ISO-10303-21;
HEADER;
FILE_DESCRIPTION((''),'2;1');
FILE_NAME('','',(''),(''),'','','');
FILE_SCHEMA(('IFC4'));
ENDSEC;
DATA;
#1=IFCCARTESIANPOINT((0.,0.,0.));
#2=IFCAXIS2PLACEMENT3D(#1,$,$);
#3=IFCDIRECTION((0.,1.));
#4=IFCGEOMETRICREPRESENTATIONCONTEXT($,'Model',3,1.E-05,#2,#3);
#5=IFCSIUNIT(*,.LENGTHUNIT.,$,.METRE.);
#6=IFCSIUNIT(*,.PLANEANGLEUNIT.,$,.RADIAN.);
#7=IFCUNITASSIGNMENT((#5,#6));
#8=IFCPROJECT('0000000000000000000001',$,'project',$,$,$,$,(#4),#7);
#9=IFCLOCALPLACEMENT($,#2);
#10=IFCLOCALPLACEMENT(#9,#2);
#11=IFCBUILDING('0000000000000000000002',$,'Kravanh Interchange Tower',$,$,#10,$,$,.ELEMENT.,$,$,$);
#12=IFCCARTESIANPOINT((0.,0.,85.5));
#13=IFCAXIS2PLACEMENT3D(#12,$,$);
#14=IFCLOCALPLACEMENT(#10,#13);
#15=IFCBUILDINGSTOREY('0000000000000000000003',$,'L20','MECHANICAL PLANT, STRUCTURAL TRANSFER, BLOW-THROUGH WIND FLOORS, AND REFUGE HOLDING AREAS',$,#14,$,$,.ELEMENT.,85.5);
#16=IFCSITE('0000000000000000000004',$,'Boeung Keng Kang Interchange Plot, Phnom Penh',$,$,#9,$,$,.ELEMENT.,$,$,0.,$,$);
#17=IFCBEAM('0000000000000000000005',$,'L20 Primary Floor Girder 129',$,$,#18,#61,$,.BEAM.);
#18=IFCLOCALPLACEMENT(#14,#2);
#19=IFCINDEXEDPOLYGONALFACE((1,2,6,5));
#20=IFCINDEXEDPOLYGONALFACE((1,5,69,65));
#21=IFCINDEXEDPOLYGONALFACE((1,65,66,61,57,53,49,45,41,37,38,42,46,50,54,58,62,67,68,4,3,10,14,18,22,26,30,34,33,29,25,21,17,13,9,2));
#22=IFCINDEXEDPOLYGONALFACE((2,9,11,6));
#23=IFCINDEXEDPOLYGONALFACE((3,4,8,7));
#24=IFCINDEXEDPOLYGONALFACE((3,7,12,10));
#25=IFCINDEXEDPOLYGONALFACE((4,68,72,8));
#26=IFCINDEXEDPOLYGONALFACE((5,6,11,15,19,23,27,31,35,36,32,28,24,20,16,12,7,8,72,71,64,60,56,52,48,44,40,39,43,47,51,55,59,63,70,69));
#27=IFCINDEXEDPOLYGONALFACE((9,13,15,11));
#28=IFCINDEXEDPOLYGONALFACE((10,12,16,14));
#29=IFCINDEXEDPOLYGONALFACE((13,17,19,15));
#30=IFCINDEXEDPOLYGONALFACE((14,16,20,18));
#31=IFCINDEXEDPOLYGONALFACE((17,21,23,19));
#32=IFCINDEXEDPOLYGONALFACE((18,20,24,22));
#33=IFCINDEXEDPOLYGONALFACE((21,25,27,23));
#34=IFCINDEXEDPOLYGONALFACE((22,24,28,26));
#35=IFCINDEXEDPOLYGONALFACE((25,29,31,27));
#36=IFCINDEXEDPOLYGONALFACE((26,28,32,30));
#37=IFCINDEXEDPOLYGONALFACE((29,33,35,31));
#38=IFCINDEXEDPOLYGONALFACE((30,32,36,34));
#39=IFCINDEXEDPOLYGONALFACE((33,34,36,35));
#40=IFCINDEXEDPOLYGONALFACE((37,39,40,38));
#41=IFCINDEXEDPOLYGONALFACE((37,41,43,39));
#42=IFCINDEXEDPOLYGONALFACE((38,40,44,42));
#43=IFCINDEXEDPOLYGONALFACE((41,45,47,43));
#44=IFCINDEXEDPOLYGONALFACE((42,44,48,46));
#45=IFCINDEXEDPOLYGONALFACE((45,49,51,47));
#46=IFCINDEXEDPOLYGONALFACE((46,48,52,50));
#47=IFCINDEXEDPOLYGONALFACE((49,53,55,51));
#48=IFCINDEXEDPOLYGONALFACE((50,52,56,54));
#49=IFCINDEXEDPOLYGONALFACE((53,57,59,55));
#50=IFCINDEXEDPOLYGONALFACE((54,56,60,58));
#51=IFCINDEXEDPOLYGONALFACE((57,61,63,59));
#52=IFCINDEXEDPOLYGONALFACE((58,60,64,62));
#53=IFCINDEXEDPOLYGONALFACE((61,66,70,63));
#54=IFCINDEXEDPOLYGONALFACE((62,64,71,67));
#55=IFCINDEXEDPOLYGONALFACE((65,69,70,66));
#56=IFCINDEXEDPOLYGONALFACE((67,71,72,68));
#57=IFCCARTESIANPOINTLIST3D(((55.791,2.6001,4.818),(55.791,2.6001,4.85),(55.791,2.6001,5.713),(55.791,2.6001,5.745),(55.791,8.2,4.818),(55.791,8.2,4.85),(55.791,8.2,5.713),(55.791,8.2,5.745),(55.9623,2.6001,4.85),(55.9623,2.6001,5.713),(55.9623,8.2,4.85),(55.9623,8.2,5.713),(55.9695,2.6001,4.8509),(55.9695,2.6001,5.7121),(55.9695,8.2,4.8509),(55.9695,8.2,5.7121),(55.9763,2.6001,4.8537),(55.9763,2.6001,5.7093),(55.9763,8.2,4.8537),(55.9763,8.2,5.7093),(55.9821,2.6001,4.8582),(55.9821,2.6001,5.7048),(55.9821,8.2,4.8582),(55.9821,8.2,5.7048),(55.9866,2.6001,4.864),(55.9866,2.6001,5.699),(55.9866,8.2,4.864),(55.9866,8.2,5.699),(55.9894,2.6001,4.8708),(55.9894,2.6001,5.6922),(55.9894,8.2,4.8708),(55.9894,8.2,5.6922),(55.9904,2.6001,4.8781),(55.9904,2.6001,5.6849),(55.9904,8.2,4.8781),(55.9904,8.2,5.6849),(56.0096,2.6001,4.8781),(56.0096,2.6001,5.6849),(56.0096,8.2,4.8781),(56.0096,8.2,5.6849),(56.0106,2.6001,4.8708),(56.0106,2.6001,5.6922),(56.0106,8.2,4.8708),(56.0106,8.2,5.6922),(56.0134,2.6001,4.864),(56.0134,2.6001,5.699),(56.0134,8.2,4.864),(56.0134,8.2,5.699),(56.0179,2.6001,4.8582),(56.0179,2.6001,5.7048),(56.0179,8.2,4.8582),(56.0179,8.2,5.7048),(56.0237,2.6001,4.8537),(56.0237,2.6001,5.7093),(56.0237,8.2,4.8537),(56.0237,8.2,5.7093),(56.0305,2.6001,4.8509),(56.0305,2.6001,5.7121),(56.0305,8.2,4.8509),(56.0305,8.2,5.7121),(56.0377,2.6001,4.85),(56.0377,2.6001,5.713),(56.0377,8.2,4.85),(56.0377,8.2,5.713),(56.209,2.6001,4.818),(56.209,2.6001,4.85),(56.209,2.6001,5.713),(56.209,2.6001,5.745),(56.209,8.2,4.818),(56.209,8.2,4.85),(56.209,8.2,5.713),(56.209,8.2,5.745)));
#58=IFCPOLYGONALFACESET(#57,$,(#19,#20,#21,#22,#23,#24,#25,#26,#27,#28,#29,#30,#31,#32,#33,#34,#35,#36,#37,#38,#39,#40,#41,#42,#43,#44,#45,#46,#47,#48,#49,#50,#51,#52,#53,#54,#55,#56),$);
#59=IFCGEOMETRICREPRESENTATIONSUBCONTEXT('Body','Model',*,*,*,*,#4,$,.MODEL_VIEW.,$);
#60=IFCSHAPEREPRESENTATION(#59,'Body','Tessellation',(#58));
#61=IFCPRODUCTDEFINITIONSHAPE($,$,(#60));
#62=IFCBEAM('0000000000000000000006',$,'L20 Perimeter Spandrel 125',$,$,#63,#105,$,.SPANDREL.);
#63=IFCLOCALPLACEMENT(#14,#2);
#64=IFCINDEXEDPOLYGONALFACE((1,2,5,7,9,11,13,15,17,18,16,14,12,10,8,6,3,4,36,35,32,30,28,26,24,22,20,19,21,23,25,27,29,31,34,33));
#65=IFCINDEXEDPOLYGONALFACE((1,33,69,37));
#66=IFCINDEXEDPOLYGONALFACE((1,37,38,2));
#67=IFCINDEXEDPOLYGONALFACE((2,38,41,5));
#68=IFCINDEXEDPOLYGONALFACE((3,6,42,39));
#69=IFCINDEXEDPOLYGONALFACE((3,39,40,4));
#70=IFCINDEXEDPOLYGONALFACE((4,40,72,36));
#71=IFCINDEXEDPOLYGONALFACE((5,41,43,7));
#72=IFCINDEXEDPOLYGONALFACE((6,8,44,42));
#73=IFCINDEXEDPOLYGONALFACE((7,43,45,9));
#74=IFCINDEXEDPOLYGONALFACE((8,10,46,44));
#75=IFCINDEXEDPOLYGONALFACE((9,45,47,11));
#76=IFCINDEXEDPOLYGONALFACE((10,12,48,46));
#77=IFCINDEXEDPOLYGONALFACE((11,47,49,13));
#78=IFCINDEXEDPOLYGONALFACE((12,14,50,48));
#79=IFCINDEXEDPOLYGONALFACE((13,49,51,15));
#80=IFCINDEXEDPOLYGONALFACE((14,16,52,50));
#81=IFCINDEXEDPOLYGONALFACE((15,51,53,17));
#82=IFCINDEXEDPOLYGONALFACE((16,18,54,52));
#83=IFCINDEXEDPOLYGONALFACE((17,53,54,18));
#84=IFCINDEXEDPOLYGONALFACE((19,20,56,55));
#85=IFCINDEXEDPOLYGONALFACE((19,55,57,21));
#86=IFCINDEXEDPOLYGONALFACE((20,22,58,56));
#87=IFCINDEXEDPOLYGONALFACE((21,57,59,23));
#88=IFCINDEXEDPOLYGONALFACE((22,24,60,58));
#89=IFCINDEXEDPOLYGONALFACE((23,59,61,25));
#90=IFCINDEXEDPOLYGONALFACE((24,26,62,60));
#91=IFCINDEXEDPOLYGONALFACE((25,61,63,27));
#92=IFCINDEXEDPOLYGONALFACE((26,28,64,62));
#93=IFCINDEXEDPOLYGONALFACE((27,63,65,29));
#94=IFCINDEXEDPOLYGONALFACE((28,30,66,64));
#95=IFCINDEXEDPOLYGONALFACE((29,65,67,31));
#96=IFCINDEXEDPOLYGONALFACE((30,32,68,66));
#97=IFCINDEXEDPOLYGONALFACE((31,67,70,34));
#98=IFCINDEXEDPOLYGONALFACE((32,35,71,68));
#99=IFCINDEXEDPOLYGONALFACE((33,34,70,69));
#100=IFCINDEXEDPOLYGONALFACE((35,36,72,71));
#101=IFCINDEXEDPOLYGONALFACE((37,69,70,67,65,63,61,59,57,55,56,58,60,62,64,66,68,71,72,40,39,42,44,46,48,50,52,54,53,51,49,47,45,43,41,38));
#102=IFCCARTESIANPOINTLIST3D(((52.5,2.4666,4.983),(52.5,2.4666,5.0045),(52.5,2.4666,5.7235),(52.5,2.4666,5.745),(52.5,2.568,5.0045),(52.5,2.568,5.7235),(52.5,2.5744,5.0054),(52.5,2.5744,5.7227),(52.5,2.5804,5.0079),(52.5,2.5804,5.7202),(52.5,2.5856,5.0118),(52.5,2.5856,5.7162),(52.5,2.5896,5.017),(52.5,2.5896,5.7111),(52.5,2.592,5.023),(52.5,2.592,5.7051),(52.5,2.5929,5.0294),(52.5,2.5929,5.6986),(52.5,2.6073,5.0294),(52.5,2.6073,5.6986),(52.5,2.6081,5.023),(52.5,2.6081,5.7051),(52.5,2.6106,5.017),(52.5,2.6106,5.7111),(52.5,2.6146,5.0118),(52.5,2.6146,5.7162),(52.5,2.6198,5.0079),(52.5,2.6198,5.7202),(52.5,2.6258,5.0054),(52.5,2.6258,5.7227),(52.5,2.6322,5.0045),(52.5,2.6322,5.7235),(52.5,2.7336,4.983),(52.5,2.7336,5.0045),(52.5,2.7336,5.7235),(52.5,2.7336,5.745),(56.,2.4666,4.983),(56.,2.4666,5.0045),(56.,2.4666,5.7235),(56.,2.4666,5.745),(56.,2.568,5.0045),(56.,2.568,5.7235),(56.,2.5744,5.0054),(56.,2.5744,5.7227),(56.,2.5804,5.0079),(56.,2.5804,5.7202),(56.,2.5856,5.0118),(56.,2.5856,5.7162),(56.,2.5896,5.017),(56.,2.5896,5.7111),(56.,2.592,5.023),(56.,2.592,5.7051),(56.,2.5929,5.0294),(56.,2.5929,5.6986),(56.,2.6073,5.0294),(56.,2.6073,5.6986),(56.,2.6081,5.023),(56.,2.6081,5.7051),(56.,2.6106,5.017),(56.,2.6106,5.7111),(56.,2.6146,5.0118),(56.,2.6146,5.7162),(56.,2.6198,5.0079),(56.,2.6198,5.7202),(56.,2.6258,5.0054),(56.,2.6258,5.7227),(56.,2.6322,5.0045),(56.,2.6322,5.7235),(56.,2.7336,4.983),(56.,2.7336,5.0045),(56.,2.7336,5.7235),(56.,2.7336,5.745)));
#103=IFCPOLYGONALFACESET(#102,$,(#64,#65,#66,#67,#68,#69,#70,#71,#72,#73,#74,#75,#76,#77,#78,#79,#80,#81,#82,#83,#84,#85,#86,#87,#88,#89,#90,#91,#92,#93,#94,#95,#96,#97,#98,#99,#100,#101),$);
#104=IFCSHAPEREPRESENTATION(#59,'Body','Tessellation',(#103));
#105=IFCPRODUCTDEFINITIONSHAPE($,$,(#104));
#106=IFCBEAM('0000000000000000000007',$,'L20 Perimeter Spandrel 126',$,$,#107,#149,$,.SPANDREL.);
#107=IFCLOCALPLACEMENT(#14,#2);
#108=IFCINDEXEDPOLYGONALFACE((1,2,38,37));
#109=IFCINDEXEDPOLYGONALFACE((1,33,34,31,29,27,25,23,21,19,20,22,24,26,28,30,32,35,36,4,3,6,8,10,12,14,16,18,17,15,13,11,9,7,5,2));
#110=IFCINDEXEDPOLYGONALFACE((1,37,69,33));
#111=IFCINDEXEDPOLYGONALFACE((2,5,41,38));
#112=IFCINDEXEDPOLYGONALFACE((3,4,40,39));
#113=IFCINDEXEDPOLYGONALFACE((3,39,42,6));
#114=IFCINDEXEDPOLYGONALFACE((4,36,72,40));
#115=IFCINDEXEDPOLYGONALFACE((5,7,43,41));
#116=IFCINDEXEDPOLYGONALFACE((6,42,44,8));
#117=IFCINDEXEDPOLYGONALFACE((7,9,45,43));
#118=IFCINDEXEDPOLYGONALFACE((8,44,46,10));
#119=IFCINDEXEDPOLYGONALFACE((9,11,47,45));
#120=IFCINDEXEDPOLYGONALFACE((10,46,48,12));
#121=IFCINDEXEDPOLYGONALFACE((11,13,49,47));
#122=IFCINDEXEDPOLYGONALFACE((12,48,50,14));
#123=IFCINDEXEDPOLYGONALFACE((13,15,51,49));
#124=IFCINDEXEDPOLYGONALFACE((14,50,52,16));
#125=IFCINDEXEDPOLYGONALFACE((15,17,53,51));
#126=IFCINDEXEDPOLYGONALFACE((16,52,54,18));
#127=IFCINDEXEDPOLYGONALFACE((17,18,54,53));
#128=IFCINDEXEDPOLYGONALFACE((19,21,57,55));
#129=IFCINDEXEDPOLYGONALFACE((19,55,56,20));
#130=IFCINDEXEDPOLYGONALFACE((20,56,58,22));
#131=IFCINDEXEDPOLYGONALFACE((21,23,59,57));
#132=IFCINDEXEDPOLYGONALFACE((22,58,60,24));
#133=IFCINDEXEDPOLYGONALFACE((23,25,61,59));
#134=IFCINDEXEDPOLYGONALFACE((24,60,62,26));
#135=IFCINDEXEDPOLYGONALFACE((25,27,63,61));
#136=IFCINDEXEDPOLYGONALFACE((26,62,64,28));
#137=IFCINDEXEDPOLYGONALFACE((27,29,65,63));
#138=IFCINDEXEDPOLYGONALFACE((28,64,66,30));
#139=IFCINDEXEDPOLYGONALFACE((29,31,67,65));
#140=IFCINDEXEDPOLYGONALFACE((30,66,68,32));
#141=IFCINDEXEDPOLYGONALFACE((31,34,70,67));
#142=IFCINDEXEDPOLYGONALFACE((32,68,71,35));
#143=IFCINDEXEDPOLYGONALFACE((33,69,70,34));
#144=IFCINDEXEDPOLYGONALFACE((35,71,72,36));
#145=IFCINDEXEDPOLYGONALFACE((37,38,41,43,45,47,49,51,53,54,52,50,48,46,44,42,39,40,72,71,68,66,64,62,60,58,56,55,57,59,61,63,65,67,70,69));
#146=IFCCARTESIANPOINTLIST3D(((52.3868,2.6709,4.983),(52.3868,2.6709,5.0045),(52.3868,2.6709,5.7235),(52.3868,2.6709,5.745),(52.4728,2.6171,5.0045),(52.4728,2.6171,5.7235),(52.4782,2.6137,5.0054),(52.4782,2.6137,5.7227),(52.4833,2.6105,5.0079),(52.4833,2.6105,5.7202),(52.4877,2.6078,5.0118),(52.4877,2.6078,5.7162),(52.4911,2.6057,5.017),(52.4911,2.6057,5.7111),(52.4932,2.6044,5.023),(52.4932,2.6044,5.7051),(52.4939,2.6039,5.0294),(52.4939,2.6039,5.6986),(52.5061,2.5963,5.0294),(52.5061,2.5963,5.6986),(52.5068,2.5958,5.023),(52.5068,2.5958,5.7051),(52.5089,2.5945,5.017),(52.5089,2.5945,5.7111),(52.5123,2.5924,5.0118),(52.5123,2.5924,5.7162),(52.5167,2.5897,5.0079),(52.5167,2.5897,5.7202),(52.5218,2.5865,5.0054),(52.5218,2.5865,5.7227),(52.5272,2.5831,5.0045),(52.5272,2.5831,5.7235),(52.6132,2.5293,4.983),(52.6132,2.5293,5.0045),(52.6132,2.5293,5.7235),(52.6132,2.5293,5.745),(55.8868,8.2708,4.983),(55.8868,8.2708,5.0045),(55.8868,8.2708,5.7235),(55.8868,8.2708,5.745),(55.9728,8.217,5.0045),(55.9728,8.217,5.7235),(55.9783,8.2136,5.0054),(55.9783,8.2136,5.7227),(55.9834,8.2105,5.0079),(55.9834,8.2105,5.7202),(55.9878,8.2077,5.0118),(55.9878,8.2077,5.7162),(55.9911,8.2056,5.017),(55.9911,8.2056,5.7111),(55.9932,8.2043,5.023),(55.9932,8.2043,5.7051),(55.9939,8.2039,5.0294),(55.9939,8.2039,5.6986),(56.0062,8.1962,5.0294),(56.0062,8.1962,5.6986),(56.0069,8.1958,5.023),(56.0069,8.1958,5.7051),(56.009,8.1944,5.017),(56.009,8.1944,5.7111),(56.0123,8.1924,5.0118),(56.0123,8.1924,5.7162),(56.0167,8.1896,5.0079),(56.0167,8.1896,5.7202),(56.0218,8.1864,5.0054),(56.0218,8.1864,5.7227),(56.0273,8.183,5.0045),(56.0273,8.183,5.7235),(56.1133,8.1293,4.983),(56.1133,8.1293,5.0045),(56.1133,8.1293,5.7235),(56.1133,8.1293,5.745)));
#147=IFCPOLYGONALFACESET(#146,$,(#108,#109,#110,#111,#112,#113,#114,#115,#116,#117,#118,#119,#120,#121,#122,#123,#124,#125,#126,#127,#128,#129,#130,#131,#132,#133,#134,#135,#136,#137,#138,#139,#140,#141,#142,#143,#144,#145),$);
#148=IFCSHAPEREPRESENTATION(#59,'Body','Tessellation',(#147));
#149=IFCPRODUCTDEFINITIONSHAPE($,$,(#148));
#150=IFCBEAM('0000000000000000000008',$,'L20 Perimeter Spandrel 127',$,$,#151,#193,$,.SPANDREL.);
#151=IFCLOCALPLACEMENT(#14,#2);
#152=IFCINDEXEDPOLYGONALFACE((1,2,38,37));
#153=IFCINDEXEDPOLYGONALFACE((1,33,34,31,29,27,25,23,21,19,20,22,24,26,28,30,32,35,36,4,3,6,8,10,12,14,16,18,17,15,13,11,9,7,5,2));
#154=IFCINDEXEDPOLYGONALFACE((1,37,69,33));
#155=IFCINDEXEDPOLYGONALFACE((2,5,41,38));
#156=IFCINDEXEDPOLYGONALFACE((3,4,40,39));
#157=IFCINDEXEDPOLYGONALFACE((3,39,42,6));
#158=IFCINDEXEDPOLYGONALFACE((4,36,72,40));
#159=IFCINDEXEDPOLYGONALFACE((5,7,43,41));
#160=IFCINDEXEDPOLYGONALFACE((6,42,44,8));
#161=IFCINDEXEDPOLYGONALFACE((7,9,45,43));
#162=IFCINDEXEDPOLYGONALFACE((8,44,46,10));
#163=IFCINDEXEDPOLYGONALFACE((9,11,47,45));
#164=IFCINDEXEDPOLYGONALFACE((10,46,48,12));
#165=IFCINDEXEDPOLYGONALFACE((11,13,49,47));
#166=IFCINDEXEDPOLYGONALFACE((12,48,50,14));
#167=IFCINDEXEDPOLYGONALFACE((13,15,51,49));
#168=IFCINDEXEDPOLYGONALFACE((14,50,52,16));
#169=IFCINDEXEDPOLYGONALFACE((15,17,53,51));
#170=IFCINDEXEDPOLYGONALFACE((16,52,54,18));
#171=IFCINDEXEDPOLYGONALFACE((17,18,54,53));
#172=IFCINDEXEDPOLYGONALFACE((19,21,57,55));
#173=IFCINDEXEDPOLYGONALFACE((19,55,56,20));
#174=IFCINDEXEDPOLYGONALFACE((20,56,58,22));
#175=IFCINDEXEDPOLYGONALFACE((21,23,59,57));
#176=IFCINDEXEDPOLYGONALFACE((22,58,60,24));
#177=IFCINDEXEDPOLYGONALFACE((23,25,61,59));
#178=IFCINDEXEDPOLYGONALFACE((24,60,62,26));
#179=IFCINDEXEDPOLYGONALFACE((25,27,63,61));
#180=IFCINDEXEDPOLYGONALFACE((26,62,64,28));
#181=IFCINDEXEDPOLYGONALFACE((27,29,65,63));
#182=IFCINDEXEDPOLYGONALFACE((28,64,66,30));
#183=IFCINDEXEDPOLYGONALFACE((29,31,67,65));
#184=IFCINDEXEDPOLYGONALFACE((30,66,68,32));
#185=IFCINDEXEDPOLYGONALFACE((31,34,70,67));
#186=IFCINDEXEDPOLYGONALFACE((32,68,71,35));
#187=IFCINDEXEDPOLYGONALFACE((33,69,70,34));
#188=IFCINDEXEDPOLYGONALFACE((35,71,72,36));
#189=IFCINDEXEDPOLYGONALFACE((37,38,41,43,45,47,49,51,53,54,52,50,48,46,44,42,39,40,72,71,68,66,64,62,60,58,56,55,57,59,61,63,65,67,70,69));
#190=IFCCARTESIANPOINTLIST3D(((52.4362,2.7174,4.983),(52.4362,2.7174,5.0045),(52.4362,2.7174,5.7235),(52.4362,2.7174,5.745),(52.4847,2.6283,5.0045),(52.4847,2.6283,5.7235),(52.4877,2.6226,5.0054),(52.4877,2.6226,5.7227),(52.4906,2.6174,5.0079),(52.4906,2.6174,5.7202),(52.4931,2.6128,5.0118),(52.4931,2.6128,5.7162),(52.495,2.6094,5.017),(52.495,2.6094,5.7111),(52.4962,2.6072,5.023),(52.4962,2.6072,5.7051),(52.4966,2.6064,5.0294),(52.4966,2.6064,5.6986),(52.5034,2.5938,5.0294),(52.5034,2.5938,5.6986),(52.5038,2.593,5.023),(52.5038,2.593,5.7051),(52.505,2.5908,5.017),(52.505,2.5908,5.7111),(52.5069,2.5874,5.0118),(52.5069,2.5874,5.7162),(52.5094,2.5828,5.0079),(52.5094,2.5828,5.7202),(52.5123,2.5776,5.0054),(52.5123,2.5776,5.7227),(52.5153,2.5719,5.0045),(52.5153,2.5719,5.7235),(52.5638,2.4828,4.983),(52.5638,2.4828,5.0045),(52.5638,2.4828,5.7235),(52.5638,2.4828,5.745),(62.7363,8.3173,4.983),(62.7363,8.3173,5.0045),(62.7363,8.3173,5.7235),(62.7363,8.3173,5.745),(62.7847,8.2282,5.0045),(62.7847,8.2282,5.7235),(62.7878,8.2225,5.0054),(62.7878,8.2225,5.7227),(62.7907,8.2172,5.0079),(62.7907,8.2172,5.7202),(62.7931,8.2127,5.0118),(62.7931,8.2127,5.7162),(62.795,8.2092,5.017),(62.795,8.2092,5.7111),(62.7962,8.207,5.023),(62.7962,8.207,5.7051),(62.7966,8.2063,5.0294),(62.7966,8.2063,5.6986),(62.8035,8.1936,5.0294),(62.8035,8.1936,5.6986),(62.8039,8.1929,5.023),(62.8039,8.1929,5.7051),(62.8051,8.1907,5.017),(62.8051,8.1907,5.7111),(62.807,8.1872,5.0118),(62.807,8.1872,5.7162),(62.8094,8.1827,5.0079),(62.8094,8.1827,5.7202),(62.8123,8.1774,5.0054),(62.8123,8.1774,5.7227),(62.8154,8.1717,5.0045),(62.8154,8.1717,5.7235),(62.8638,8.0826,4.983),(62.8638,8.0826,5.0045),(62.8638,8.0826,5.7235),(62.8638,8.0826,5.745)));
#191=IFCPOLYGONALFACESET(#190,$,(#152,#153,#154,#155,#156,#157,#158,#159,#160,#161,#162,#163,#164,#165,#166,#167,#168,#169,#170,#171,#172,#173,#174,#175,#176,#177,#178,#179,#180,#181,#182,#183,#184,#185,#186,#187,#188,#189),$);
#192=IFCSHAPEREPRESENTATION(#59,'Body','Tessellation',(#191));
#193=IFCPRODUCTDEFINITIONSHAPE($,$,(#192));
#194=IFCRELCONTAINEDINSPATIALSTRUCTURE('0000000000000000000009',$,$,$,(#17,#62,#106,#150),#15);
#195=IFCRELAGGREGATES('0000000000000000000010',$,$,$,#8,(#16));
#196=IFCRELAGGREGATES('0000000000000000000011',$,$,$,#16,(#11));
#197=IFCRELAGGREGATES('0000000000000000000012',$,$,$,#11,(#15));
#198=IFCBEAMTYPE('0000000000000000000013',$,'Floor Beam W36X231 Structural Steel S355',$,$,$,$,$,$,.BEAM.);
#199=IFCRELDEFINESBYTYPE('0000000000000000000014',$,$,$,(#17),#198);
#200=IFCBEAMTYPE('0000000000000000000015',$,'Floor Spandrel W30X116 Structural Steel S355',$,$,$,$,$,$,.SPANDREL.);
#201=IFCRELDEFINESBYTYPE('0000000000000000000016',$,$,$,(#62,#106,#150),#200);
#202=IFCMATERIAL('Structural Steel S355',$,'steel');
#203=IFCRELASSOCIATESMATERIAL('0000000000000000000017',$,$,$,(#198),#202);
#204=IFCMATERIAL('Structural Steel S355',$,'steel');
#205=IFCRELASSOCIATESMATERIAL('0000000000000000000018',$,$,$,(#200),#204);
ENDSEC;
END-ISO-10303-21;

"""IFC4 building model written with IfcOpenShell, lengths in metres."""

from ifc_helpers import new_model, si_unit, direction, frame, origin, origin_2d, place, context, subcontext, project, spatial, i_section, extrude, material, material_profile, profile_set, type_object, element, save


model = new_model("IFC4")

# Units and contexts
model_context = context("Model", 3, precision=1e-05, world=origin(), true_north=direction((0.0, 1.0)))
body_context = subcontext(model_context, "Body", "Model", "MODEL_VIEW")
ifc_project = project(units=[si_unit("LENGTHUNIT", "METRE"), si_unit("PLANEANGLEUNIT", "RADIAN")], contexts=[model_context])

# Site, building, storey
site_placement = place(None, origin())
site = spatial("IfcSite", under=ifc_project, at=site_placement, Name="Boeung Keng Kang Interchange Plot, Phnom Penh", CompositionType="ELEMENT", RefElevation=0.0)
building_placement = place(site_placement, origin())
building = spatial("IfcBuilding", under=site, at=building_placement, Name="Kravanh Interchange Tower", CompositionType="ELEMENT")
storey_placement = place(building_placement, frame((0.0, 0.0, 85.5)))
storey = spatial("IfcBuildingStorey", under=building, at=storey_placement, Name="L20", Description="MECHANICAL PLANT, STRUCTURAL TRANSFER, BLOW-THROUGH WIND FLOORS, AND REFUGE HOLDING AREAS", CompositionType="ELEMENT", Elevation=85.5)

# Beams
ifc_material_1 = material(Name="Structural Steel S355", Category="steel")
ifc_material_profile_1 = material_profile(ifc_material_1, i_section(OverallWidth=0.418, OverallDepth=0.927, WebThickness=0.0193, FlangeThickness=0.032, FilletRadius=0.0281, at=origin_2d()), Name="W36X231")
ifc_profile_set_1 = profile_set([ifc_material_profile_1], Name="Structural Steel S355")
beam_type_1 = type_object("IfcBeamType", Name="Floor Beam W36X231 Structural Steel S355", PredefinedType="BEAM", material=ifc_profile_set_1)
beam_1_placement = place(storey_placement, frame((56.0, 2.6001, 5.2815), z_axis=(0.0, 1.0, 0.0), x_axis=(-1.0, 0.0, 0.0)))
element("IfcBeam", 1, at=beam_1_placement, inside=storey, type_object=beam_type_1, Name="L20 Primary Floor Girder 129", PredefinedType="BEAM", context=body_context, shape_type="SweptSolid", body=[
    extrude(i_section(OverallWidth=0.418, OverallDepth=0.927, WebThickness=0.0193, FlangeThickness=0.032, FilletRadius=0.0281, at=origin_2d()), origin(), (0.0, 0.0, 1.0), 5.5999),
])
ifc_material_2 = material(Name="Structural Steel S355", Category="steel")
ifc_material_profile_2 = material_profile(ifc_material_2, i_section(OverallWidth=0.2671, OverallDepth=0.762, WebThickness=0.0144, FlangeThickness=0.0215, FilletRadius=0.0249, at=origin_2d()), Name="W30X116")
ifc_profile_set_2 = profile_set([ifc_material_profile_2], Name="Structural Steel S355")
beam_type_2 = type_object("IfcBeamType", Name="Floor Spandrel W30X116 Structural Steel S355", PredefinedType="SPANDREL", material=ifc_profile_set_2)
beam_2_placement = place(storey_placement, frame((52.5, 2.6001, 5.364), z_axis=(1.0, 0.0, 0.0), x_axis=(0.0, 1.0, 0.0)))
element("IfcBeam", 2, at=beam_2_placement, inside=storey, type_object=beam_type_2, Name="L20 Perimeter Spandrel 125", PredefinedType="SPANDREL", context=body_context, shape_type="SweptSolid", body=[
    extrude(i_section(OverallWidth=0.2671, OverallDepth=0.762, WebThickness=0.0144, FlangeThickness=0.0215, FilletRadius=0.0249, at=origin_2d()), origin(), (0.0, 0.0, 1.0), 3.5),
])
beam_3_placement = place(storey_placement, frame((52.5, 2.6001, 5.364), z_axis=(0.530009, 0.847992, 0.0), x_axis=(-0.847992, 0.530009, 0.0)))
element("IfcBeam", 3, at=beam_3_placement, inside=storey, type_object=beam_type_2, Name="L20 Perimeter Spandrel 126", PredefinedType="SPANDREL", context=body_context, shape_type="SweptSolid", body=[
    extrude(i_section(OverallWidth=0.2671, OverallDepth=0.762, WebThickness=0.0144, FlangeThickness=0.0215, FilletRadius=0.0249, at=origin_2d()), origin(), (0.0, 0.0, 1.0), 6.6038),
])
beam_4_placement = place(storey_placement, frame((52.5, 2.6001, 5.364), z_axis=(0.878553, 0.477645, 0.0), x_axis=(-0.477645, 0.878553, 0.0)))
element("IfcBeam", 4, at=beam_4_placement, inside=storey, type_object=beam_type_2, Name="L20 Perimeter Spandrel 127", PredefinedType="SPANDREL", context=body_context, shape_type="SweptSolid", body=[
    extrude(i_section(OverallWidth=0.2671, OverallDepth=0.762, WebThickness=0.0144, FlangeThickness=0.0215, FilletRadius=0.0249, at=origin_2d()), origin(), (0.0, 0.0, 1.0), 11.7239),
])

save(model, "model.ifc")
